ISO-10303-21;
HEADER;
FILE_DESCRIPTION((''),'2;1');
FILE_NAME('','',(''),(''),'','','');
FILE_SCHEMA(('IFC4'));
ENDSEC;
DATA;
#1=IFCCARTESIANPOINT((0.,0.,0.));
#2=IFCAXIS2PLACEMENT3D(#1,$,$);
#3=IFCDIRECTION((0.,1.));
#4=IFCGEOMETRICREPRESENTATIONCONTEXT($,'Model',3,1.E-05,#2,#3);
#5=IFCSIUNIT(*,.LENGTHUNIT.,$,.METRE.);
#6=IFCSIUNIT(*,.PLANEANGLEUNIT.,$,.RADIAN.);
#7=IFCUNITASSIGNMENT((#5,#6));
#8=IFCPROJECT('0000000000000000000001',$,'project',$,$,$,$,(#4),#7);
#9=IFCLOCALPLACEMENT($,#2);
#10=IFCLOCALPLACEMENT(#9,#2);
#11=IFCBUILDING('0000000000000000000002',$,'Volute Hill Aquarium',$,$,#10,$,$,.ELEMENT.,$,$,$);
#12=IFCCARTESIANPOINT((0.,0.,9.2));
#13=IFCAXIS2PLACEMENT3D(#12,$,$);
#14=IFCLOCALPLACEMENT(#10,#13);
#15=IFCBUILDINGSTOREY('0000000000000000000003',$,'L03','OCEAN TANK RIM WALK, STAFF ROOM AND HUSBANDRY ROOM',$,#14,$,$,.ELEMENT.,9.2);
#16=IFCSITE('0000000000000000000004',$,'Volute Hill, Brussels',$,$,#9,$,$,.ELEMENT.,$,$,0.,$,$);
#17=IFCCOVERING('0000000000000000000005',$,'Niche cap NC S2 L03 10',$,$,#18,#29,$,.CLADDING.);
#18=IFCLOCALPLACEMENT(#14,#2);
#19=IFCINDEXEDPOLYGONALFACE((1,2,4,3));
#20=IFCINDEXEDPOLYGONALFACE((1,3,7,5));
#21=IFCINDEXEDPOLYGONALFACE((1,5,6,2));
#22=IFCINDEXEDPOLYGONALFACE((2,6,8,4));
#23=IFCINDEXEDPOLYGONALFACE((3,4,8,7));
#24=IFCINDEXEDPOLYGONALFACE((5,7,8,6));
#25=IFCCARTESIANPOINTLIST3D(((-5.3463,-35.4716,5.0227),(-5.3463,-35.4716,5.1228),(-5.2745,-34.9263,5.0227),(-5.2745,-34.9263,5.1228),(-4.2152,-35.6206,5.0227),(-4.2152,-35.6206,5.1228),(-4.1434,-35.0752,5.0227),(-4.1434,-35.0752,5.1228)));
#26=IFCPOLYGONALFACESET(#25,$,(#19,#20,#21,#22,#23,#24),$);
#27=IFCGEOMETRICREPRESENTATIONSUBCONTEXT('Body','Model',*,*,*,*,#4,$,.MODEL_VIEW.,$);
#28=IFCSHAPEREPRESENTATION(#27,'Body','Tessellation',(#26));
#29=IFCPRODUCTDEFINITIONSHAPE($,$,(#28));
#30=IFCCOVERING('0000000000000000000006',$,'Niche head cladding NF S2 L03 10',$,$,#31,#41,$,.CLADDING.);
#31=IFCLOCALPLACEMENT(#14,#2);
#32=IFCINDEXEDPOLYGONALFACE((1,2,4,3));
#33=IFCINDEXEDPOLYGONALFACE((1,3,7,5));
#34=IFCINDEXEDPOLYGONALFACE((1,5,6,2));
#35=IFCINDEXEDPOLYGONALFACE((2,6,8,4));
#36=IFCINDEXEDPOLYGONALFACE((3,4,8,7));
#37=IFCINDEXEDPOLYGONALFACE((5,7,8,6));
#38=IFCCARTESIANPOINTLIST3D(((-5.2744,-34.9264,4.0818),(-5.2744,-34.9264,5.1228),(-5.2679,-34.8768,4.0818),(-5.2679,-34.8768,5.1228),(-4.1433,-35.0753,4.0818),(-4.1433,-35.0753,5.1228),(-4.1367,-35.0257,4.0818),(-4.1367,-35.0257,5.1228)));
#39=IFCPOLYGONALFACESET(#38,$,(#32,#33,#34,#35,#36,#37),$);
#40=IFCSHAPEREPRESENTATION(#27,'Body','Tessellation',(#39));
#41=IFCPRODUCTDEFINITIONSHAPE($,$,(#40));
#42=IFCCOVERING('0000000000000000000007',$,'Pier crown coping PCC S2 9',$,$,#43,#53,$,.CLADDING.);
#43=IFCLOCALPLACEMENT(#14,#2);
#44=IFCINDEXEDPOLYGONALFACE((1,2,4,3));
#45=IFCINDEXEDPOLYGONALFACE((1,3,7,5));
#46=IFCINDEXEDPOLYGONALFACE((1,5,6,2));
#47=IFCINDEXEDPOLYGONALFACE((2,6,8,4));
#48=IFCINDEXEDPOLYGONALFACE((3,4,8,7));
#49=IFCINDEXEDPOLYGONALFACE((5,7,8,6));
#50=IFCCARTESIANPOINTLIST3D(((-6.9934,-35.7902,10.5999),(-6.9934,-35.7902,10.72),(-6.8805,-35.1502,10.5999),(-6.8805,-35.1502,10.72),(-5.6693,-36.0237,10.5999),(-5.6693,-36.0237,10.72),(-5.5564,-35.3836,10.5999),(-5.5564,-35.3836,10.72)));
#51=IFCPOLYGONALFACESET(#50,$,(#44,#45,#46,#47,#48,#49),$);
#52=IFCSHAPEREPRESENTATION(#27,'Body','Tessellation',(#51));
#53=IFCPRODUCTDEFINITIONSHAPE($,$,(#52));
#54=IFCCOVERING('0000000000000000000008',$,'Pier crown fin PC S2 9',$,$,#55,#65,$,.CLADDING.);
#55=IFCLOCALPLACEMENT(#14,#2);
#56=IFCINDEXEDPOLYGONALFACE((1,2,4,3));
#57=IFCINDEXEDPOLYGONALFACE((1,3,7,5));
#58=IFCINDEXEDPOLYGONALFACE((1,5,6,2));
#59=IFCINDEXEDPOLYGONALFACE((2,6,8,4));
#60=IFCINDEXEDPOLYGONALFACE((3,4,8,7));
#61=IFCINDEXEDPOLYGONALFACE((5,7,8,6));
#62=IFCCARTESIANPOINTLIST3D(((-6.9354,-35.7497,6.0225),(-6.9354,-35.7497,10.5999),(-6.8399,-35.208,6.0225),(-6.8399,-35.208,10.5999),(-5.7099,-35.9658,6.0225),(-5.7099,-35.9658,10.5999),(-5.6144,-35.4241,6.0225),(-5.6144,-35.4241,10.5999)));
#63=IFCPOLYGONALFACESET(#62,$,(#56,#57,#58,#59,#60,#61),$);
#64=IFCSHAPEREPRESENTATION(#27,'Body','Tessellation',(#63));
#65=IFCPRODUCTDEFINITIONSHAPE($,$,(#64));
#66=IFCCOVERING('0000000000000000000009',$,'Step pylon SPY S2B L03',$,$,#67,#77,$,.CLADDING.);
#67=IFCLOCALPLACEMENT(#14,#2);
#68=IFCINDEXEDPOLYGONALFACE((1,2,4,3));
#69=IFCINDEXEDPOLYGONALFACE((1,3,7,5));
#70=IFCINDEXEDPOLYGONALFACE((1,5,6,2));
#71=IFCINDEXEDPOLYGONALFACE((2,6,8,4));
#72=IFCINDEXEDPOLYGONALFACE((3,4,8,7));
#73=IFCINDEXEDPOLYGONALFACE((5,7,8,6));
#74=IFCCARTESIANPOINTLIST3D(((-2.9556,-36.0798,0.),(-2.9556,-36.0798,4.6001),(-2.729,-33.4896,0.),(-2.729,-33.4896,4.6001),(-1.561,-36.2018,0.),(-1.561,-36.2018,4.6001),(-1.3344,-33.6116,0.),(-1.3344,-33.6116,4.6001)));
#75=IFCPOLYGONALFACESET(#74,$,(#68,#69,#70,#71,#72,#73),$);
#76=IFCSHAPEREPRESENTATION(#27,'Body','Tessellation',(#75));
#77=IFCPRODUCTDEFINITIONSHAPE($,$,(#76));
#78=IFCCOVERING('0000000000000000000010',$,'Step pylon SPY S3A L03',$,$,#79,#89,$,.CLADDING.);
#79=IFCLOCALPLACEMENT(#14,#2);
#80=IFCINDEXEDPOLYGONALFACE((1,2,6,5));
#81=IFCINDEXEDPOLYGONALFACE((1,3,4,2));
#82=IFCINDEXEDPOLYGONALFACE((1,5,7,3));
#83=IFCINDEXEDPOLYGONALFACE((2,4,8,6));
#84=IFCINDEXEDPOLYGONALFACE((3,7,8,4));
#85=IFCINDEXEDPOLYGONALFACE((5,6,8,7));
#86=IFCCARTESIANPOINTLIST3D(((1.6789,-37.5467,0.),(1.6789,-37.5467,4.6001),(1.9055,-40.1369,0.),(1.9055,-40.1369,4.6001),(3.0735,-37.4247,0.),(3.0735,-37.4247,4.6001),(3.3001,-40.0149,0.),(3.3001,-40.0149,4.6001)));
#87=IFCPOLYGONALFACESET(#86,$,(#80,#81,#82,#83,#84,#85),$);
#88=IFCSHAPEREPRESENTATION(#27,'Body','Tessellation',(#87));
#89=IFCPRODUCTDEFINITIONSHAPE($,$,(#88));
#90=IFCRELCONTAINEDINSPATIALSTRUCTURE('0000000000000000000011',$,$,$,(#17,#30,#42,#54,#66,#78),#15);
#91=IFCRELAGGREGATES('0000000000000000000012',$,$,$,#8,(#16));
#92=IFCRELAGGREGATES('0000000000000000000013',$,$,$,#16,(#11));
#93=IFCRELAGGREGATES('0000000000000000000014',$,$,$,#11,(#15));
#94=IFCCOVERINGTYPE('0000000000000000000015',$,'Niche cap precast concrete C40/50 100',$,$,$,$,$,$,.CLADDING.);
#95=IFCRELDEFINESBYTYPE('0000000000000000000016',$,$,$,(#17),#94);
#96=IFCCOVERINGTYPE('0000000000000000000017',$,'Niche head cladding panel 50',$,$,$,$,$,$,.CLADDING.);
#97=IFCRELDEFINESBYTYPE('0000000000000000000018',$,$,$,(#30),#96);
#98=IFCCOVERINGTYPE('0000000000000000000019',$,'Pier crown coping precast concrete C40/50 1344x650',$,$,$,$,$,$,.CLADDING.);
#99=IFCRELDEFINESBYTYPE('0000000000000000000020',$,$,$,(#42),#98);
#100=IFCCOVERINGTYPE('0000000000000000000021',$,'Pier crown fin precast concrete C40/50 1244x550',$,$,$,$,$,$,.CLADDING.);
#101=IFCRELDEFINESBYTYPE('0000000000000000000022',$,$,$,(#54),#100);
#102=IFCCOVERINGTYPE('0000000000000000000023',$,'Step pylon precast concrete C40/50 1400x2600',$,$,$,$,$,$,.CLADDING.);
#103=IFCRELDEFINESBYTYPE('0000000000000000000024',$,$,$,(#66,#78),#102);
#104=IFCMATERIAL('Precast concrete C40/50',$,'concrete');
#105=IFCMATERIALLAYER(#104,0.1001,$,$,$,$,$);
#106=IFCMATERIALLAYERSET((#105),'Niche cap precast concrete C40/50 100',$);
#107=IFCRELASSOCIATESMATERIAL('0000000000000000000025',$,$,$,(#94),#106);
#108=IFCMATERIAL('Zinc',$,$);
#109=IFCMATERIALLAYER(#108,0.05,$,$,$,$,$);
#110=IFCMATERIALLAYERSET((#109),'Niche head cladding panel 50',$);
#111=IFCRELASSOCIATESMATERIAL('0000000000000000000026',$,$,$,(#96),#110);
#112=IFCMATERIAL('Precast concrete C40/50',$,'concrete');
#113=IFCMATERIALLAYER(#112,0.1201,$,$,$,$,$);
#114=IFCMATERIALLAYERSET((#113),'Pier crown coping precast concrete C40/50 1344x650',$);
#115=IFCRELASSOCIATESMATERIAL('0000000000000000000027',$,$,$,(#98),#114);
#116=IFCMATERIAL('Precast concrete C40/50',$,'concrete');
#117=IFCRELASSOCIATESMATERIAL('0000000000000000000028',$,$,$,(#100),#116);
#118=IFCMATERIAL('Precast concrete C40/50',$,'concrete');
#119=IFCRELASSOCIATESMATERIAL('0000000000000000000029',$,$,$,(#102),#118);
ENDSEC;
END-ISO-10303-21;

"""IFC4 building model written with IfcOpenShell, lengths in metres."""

from ifc_helpers import new_model, si_unit, direction, frame, origin, origin_2d, place, context, subcontext, project, spatial, rectangle, extrude, material, layer, layer_set, type_object, element, save


model = new_model("IFC4")

# Units and contexts
model_context = context("Model", 3, precision=1e-05, world=origin(), true_north=direction((0.0, 1.0)))
body_context = subcontext(model_context, "Body", "Model", "MODEL_VIEW")
ifc_project = project(units=[si_unit("LENGTHUNIT", "METRE"), si_unit("PLANEANGLEUNIT", "RADIAN")], contexts=[model_context])

# Site, building, storey
site_placement = place(None, origin())
site = spatial("IfcSite", under=ifc_project, at=site_placement, Name="Volute Hill, Brussels", CompositionType="ELEMENT", RefElevation=0.0)
building_placement = place(site_placement, origin())
building = spatial("IfcBuilding", under=site, at=building_placement, Name="Volute Hill Aquarium", CompositionType="ELEMENT")
storey_placement = place(building_placement, frame((0.0, 0.0, 9.2)))
storey = spatial("IfcBuildingStorey", under=building, at=storey_placement, Name="L03", Description="OCEAN TANK RIM WALK, STAFF ROOM AND HUSBANDRY ROOM", CompositionType="ELEMENT", Elevation=9.2)

# Coverings
ifc_material_1 = material(Name="Precast concrete C40/50", Category="concrete")
ifc_layer_1 = layer(ifc_material_1, 0.1001)
ifc_layer_set_1 = layer_set([ifc_layer_1], Name="Niche cap precast concrete C40/50 100")
covering_type_1 = type_object("IfcCoveringType", Name="Niche cap precast concrete C40/50 100", PredefinedType="CLADDING", material=ifc_layer_set_1)
covering_1_placement = place(storey_placement, frame((-4.7449, -35.2734, 5.0227), z_axis=(0.0, 0.0, 1.0), x_axis=(0.991444, -0.130532, 0.0)))
element("IfcCovering", 1, at=covering_1_placement, inside=storey, type_object=covering_type_1, Name="Niche cap NC S2 L03 10", PredefinedType="CLADDING", context=body_context, shape_type="SweptSolid", body=[
    extrude(rectangle(XDim=1.1409, YDim=0.55, at=origin_2d()), origin(), (0.0, 0.0, 1.0), 0.1001),
])
ifc_material_2 = material(Name="Zinc")
ifc_layer_2 = layer(ifc_material_2, 0.05)
ifc_layer_set_2 = layer_set([ifc_layer_2], Name="Niche head cladding panel 50")
covering_type_2 = type_object("IfcCoveringType", Name="Niche head cladding panel 50", PredefinedType="CLADDING", material=ifc_layer_set_2)
covering_2_placement = place(storey_placement, frame((-4.7056, -34.9761, 4.0818), z_axis=(0.0, 0.0, 1.0), x_axis=(0.991444, -0.130532, 0.0)))
element("IfcCovering", 2, at=covering_2_placement, inside=storey, type_object=covering_type_2, Name="Niche head cladding NF S2 L03 10", PredefinedType="CLADDING", context=body_context, shape_type="SweptSolid", body=[
    extrude(rectangle(XDim=1.1409, YDim=0.05, at=origin_2d()), origin(), (0.0, 0.0, 1.0), 1.041),
])
ifc_material_3 = material(Name="Precast concrete C40/50", Category="concrete")
ifc_layer_3 = layer(ifc_material_3, 0.1201)
ifc_layer_set_3 = layer_set([ifc_layer_3], Name="Pier crown coping precast concrete C40/50 1344x650")
covering_type_3 = type_object("IfcCoveringType", Name="Pier crown coping precast concrete C40/50 1344x650", PredefinedType="CLADDING", material=ifc_layer_set_3)
covering_3_placement = place(storey_placement, frame((-6.2749, -35.5869, 10.5999), z_axis=(0.0, 0.0, 1.0), x_axis=(0.984808, -0.173648, 0.0)))
element("IfcCovering", 3, at=covering_3_placement, inside=storey, type_object=covering_type_3, Name="Pier crown coping PCC S2 9", PredefinedType="CLADDING", context=body_context, shape_type="SweptSolid", body=[
    extrude(rectangle(XDim=1.3445, YDim=0.6499, at=origin_2d()), origin(), (0.0, 0.0, 1.0), 0.1201),
])
ifc_material_4 = material(Name="Precast concrete C40/50", Category="concrete")
covering_type_4 = type_object("IfcCoveringType", Name="Pier crown fin precast concrete C40/50 1244x550", PredefinedType="CLADDING", material=ifc_material_4)
covering_4_placement = place(storey_placement, frame((-6.2749, -35.5869, 6.0225), z_axis=(0.0, 0.0, 1.0), x_axis=(0.984808, -0.173648, 0.0)))
element("IfcCovering", 4, at=covering_4_placement, inside=storey, type_object=covering_type_4, Name="Pier crown fin PC S2 9", PredefinedType="CLADDING", context=body_context, shape_type="SweptSolid", body=[
    extrude(rectangle(XDim=1.2444, YDim=0.55, at=origin_2d()), origin(), (0.0, 0.0, 1.0), 4.5774),
])
ifc_material_5 = material(Name="Precast concrete C40/50", Category="concrete")
covering_type_5 = type_object("IfcCoveringType", Name="Step pylon precast concrete C40/50 1400x2600", PredefinedType="CLADDING", material=ifc_material_5)
for number, where, z_axis, x_axis, name in (
    (5, (-2.145, -34.8457, 0.0), (0.0, 0.0, 1.0), (-0.087156, -0.996195, 0.0), "Step pylon SPY S2B L03"),
    (6, (2.4895, -38.7808, 0.0), (0.0, 0.0, 1.0), (0.087156, -0.996195, 0.0), "Step pylon SPY S3A L03"),
):
    element("IfcCovering", number, at=place(storey_placement, frame(where, z_axis=z_axis, x_axis=x_axis)), inside=storey, type_object=covering_type_5, Name=name, PredefinedType="CLADDING", context=body_context, shape_type="SweptSolid", body=[
        extrude(rectangle(XDim=2.6001, YDim=1.3999, at=origin_2d()), origin(), (0.0, 0.0, 1.0), 4.6001),
    ])

save(model, "model.ifc")
